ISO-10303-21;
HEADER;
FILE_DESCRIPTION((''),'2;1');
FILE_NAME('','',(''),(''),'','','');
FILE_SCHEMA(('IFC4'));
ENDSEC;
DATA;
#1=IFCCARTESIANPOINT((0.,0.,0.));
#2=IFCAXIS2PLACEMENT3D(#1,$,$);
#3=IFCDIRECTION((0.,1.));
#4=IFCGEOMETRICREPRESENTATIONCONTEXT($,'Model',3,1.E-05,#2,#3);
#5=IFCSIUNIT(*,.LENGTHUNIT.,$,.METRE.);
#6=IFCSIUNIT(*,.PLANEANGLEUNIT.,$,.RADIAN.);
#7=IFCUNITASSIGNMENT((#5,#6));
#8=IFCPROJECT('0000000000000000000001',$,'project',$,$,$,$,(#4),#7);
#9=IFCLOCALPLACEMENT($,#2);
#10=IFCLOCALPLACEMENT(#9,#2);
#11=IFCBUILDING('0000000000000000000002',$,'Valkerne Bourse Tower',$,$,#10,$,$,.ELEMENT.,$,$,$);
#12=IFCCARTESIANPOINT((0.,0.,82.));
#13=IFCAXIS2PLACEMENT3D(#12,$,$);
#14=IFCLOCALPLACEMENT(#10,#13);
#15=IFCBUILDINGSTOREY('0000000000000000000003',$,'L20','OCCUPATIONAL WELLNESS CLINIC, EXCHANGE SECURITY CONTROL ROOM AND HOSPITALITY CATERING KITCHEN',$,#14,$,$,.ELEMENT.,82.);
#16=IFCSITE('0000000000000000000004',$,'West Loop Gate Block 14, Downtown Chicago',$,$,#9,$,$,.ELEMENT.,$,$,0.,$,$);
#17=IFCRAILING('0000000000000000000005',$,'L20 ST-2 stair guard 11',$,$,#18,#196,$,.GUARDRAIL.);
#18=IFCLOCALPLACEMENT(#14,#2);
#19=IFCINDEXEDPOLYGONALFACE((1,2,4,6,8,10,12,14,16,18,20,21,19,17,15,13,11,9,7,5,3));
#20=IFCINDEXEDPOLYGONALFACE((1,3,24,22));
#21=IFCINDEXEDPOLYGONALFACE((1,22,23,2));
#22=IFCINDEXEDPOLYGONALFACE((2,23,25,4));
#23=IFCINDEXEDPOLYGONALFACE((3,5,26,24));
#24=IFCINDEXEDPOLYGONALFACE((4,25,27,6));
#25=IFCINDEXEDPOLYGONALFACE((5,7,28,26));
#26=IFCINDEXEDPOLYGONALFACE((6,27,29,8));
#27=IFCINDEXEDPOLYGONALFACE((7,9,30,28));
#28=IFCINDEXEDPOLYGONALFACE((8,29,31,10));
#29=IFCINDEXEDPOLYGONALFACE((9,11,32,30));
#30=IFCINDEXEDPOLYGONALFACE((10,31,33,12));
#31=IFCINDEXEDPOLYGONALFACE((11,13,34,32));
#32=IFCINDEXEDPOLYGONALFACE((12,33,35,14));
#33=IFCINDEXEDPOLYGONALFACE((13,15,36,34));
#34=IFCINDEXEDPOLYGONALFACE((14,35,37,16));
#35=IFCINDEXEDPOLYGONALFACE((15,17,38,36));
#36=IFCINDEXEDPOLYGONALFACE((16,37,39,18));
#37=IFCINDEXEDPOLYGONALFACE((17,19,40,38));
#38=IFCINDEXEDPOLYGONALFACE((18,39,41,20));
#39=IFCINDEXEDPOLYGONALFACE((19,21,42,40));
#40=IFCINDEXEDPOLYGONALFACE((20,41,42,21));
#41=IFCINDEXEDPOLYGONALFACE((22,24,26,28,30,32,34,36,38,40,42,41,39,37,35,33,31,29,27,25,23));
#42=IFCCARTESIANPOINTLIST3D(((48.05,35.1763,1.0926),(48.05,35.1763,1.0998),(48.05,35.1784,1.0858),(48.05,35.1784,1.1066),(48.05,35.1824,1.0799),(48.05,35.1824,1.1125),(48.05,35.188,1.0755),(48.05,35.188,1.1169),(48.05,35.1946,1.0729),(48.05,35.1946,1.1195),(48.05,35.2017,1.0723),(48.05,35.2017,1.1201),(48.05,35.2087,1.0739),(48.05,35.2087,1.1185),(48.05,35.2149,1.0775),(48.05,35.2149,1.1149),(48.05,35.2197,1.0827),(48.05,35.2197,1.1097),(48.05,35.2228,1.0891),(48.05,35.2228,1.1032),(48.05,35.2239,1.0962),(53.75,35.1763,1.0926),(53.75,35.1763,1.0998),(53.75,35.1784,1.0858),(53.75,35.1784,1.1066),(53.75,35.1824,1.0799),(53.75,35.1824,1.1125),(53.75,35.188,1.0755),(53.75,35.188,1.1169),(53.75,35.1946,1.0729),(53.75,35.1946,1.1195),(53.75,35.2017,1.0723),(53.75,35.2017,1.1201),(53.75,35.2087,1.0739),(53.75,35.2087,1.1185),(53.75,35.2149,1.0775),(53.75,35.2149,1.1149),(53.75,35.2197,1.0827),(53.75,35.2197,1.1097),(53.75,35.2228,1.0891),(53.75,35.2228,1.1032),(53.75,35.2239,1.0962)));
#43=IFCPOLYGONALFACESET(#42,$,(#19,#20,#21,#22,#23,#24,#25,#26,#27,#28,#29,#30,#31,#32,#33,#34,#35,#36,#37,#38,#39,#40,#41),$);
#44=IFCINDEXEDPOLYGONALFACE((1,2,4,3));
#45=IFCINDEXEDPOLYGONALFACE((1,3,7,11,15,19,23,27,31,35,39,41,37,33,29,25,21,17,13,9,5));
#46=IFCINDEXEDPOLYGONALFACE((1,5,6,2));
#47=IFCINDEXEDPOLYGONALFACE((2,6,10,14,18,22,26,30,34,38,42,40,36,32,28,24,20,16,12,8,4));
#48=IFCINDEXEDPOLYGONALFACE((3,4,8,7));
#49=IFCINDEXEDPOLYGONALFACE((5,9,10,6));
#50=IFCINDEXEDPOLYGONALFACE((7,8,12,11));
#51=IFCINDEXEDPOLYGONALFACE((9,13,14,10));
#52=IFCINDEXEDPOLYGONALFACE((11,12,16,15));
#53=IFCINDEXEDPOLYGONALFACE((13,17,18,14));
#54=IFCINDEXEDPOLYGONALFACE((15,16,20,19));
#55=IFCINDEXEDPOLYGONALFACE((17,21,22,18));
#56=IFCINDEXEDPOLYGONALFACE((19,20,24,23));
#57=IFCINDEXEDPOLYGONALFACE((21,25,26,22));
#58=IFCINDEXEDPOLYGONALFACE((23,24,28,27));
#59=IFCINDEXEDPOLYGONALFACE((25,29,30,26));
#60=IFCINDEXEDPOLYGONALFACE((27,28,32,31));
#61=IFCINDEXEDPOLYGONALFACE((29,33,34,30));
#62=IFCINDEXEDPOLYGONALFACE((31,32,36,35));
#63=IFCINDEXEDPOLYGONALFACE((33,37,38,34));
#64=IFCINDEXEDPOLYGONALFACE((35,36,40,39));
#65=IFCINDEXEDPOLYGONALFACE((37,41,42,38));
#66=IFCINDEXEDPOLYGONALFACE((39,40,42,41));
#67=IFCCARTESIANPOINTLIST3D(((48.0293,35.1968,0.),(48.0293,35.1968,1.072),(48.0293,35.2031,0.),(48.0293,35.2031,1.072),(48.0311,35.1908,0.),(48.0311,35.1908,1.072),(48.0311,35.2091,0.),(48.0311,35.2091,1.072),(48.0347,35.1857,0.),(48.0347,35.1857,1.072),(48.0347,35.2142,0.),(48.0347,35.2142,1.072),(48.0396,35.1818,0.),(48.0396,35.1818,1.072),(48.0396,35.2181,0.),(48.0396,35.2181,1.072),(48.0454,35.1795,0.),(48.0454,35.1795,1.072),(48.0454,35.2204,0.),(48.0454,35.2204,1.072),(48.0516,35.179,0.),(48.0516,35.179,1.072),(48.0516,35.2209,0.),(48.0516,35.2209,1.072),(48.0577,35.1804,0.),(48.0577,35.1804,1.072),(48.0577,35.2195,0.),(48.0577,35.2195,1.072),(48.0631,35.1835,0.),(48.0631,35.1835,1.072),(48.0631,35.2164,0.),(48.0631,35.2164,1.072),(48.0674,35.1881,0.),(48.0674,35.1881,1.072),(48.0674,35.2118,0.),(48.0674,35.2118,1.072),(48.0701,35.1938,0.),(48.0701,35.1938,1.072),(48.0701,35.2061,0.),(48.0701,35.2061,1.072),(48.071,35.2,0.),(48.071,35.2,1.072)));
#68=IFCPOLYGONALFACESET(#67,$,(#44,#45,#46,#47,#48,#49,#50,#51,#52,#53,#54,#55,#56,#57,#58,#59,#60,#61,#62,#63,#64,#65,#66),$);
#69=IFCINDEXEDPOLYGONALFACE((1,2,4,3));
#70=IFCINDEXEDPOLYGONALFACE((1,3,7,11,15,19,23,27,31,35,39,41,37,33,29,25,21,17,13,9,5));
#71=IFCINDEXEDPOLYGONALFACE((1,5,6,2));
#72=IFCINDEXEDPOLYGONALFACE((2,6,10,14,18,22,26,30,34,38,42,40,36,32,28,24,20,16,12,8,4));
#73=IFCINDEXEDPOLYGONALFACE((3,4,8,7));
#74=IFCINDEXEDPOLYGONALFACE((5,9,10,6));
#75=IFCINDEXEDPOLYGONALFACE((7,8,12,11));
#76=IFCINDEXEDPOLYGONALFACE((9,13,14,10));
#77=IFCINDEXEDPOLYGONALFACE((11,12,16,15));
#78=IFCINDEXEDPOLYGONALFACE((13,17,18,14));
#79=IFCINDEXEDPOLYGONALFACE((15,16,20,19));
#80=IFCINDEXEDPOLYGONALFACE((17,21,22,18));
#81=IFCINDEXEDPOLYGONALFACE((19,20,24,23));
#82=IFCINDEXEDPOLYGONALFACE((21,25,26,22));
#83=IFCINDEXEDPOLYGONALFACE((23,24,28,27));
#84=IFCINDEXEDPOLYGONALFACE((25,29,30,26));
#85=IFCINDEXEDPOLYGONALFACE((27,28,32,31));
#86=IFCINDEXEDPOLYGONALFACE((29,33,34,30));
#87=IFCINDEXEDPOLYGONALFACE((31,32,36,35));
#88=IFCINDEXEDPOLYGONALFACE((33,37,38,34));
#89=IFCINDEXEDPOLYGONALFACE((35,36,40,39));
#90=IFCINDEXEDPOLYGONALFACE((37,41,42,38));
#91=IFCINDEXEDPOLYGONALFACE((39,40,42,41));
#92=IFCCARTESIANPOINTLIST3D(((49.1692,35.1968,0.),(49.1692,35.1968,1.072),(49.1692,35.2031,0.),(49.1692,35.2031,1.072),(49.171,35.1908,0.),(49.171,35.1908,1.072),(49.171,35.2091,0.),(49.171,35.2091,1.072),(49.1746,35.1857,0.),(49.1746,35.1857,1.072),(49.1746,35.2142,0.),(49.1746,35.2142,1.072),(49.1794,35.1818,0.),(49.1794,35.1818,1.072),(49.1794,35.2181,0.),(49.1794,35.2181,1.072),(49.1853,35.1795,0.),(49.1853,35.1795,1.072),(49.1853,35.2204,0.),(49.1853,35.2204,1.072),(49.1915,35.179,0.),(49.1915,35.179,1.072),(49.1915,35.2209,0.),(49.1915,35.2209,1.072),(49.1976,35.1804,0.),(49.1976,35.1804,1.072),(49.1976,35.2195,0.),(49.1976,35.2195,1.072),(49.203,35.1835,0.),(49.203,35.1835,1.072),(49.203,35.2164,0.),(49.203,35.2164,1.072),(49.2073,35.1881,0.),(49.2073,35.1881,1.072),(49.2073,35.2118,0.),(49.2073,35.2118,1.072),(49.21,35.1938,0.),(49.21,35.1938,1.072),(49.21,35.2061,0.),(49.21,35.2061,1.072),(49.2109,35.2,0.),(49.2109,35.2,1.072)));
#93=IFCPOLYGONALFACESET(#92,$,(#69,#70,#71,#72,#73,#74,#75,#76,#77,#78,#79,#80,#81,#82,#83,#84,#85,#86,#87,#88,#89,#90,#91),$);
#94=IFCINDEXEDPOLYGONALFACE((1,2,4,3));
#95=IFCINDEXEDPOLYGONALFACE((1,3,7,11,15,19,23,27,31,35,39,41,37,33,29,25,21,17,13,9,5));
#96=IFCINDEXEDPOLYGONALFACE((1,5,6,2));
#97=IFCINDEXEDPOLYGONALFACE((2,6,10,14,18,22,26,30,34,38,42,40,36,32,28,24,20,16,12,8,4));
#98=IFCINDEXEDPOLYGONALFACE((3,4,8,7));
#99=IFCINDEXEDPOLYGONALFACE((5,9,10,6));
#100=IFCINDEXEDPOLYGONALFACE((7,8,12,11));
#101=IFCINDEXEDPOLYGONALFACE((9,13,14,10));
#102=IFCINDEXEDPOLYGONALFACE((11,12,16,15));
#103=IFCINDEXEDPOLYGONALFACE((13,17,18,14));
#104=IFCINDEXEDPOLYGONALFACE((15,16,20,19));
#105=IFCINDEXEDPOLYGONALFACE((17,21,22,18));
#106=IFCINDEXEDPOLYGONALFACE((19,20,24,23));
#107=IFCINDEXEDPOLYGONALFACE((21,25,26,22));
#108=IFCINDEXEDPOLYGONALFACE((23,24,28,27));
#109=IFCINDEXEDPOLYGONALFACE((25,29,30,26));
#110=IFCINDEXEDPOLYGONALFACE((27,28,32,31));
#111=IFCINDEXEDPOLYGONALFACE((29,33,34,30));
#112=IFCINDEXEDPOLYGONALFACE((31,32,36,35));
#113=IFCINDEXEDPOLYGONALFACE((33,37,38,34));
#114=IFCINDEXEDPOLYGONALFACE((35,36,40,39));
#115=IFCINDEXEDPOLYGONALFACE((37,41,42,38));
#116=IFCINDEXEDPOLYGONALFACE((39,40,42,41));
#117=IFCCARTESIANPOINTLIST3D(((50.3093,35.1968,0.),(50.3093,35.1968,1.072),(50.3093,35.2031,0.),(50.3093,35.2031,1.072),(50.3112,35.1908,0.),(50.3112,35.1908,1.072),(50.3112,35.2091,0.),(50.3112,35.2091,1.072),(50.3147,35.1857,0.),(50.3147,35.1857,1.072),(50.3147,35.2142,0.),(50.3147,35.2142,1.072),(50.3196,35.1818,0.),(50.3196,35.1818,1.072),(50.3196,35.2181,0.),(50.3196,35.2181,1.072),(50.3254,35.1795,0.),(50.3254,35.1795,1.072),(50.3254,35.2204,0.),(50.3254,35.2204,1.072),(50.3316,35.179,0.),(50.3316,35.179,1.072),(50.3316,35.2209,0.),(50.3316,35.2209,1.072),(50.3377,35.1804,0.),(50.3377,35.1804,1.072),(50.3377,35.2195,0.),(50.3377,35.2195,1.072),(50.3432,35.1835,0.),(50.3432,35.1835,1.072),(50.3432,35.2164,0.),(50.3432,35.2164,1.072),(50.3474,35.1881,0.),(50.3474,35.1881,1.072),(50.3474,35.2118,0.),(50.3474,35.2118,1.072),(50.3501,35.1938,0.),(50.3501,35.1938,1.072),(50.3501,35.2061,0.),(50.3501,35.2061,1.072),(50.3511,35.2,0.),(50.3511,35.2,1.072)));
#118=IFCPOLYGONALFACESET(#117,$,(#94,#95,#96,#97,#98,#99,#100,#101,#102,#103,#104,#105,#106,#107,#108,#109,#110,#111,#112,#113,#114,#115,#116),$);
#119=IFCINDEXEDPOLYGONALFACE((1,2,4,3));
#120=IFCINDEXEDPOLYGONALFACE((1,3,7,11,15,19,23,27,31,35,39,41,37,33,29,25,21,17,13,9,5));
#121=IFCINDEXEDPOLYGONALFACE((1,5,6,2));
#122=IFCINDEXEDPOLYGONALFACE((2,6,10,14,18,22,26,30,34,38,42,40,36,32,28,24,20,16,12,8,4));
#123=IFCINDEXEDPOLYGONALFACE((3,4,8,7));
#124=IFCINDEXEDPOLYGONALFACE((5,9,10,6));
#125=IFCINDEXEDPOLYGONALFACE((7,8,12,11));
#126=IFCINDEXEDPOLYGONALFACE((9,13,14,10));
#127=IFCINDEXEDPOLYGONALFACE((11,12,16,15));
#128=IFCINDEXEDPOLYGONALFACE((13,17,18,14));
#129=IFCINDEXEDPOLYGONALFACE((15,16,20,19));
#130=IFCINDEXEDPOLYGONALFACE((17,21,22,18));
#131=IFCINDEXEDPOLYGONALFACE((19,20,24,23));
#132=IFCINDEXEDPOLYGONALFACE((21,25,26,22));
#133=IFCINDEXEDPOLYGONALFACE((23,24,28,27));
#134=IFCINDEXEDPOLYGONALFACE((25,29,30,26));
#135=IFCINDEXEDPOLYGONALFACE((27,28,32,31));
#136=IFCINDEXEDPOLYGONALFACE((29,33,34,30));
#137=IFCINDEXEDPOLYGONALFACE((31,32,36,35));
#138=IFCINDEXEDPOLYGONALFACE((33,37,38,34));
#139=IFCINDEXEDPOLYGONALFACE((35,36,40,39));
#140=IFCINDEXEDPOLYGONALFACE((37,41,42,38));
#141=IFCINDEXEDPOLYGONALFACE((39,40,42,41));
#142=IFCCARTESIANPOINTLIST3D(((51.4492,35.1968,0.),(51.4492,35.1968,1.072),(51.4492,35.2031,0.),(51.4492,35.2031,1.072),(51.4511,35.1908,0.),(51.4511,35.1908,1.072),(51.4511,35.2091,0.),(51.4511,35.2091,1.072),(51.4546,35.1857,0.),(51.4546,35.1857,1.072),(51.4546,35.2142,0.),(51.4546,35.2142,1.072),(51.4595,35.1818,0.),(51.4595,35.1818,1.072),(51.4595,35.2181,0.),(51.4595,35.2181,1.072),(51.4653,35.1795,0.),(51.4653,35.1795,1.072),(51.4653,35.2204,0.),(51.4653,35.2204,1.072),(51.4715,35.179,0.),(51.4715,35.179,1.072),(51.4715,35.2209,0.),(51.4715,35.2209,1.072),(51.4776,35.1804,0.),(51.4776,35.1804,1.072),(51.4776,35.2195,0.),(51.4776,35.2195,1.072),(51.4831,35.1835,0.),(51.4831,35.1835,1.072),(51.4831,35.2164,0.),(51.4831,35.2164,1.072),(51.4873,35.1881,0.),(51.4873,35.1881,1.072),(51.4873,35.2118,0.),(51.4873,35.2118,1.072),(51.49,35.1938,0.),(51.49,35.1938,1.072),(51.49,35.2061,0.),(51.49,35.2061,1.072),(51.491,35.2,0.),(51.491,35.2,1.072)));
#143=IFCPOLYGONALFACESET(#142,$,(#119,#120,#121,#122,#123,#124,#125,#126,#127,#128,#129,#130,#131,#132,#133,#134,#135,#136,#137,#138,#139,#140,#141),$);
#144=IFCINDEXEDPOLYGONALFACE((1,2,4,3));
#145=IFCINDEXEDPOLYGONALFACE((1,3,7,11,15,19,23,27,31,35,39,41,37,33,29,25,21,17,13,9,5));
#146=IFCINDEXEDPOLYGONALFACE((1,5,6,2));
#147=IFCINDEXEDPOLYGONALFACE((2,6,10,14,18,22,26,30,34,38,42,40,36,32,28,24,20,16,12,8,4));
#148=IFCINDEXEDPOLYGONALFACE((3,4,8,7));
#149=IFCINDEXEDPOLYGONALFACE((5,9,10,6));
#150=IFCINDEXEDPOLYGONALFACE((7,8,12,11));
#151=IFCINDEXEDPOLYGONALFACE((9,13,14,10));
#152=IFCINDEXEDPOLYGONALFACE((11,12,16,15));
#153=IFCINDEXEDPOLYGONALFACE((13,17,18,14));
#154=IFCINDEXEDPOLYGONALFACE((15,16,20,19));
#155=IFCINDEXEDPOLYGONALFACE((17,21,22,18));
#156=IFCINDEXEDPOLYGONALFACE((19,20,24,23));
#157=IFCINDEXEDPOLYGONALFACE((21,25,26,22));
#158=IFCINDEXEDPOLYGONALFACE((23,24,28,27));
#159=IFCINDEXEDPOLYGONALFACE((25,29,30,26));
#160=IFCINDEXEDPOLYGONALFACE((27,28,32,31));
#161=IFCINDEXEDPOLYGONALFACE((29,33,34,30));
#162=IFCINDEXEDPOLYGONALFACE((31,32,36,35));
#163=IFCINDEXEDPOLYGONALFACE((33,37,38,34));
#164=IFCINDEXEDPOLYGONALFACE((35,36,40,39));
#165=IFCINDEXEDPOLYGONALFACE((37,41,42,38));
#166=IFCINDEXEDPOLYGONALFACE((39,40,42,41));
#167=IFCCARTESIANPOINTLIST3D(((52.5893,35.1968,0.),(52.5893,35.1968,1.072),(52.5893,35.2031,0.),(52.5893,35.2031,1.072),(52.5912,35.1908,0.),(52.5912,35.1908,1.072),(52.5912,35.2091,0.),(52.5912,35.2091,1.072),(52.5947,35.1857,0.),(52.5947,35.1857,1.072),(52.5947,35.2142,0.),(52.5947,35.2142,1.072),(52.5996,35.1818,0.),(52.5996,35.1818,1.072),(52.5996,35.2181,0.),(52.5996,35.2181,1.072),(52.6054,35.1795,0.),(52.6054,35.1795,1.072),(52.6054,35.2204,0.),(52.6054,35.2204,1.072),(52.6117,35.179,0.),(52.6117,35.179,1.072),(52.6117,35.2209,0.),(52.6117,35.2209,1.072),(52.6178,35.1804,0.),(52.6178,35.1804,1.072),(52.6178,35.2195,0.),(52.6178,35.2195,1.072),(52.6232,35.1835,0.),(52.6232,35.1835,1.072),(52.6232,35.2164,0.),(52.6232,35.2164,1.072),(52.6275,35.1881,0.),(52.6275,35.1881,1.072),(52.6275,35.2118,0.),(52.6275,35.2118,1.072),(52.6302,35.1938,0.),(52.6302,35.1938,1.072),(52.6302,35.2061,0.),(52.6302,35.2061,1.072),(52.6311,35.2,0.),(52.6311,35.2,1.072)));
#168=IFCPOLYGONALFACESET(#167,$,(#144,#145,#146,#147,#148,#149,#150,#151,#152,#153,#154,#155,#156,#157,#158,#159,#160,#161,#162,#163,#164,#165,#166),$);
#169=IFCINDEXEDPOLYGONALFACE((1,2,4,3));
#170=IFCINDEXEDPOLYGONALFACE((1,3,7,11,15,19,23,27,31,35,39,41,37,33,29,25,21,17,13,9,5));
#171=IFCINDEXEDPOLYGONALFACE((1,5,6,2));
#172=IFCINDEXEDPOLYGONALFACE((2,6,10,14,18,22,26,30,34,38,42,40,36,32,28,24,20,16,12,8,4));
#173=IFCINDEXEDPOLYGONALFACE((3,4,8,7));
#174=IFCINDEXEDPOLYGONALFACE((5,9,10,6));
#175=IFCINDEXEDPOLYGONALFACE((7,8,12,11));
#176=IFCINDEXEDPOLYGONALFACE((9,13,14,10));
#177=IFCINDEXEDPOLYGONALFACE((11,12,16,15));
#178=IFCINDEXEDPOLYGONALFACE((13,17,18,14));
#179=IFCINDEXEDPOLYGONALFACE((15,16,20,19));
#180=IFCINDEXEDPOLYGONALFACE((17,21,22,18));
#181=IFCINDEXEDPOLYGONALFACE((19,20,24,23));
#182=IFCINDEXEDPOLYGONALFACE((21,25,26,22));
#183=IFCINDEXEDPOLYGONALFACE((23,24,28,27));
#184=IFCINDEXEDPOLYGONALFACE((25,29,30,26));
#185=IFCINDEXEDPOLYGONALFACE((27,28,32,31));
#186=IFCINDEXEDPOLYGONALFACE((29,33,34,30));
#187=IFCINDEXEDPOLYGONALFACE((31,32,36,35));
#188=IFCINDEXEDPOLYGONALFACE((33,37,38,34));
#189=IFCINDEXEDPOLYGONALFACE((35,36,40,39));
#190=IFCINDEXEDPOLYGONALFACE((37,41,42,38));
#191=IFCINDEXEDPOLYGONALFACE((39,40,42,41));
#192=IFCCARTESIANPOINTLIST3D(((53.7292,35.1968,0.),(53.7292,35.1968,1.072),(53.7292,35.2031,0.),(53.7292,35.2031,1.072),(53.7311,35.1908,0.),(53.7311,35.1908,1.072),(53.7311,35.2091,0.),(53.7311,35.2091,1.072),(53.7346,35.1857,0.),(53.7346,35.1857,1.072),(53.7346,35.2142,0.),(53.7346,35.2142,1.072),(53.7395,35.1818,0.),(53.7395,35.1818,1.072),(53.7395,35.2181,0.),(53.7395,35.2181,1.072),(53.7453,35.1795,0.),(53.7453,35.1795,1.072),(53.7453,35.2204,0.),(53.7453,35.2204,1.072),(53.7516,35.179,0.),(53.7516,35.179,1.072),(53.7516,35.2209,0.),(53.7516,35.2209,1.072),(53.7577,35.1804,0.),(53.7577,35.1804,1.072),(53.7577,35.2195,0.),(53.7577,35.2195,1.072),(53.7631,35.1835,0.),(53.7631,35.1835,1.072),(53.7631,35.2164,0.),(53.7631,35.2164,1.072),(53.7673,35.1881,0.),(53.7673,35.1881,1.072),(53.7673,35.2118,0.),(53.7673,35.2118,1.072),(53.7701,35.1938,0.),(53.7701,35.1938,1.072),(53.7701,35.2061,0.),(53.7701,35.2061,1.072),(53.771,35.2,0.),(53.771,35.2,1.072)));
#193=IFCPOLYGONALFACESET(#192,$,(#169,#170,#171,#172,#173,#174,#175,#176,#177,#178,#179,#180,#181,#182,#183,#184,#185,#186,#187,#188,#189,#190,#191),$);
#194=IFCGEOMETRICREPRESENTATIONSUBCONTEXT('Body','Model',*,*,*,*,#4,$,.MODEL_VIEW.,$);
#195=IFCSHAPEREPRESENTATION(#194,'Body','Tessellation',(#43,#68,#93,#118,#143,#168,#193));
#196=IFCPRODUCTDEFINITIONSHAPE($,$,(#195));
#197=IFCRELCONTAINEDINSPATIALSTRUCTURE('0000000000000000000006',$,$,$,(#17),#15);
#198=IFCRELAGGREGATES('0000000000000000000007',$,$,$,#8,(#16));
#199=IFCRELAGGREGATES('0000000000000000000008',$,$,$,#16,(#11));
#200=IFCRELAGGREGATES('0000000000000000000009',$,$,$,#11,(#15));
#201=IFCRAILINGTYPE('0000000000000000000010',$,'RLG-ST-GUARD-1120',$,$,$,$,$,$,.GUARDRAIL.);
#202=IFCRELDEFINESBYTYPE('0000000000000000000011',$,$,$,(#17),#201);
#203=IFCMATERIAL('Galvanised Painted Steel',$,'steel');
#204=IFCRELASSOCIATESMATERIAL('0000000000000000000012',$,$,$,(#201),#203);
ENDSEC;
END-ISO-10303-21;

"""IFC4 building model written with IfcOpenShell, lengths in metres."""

from ifc_helpers import new_model, si_unit, direction, frame, origin, origin_2d, place, context, subcontext, project, spatial, circle, extrude, material, type_object, element, save


model = new_model("IFC4")

# Units and contexts
model_context = context("Model", 3, precision=1e-05, world=origin(), true_north=direction((0.0, 1.0)))
body_context = subcontext(model_context, "Body", "Model", "MODEL_VIEW")
ifc_project = project(units=[si_unit("LENGTHUNIT", "METRE"), si_unit("PLANEANGLEUNIT", "RADIAN")], contexts=[model_context])

# Site, building, storey
site_placement = place(None, origin())
site = spatial("IfcSite", under=ifc_project, at=site_placement, Name="West Loop Gate Block 14, Downtown Chicago", CompositionType="ELEMENT", RefElevation=0.0)
building_placement = place(site_placement, origin())
building = spatial("IfcBuilding", under=site, at=building_placement, Name="Valkerne Bourse Tower", CompositionType="ELEMENT")
storey_placement = place(building_placement, frame((0.0, 0.0, 82.0)))
storey = spatial("IfcBuildingStorey", under=building, at=storey_placement, Name="L20", Description="OCCUPATIONAL WELLNESS CLINIC, EXCHANGE SECURITY CONTROL ROOM AND HOSPITALITY CATERING KITCHEN", CompositionType="ELEMENT", Elevation=82.0)

# Shared definitions
ifc_material_1 = material(Name="Galvanised Painted Steel", Category="steel")

# Railing
railing_type_1 = type_object("IfcRailingType", Name="RLG-ST-GUARD-1120", PredefinedType="GUARDRAIL", material=ifc_material_1)
for number, where, name in (
    (1, (48.05, 35.2, 0.0), "L20 ST-2 stair guard 11"),
):
    element("IfcRailing", number, at=place(storey_placement, frame(where)), inside=storey, type_object=railing_type_1, Name=name, PredefinedType="GUARDRAIL", context=body_context, shape_type="SweptSolid", body=[
        extrude(circle(Radius=0.0239, at=origin_2d()), frame((0.0, 0.0, 1.0962), z_axis=(1.0, 0.0, 0.0), x_axis=(0.0, 1.0, 0.0)), (0.0, 0.0, 1.0), 5.7),
        extrude(circle(Radius=0.021, at=origin_2d()), origin(), (0.0, 0.0, 1.0), 1.072),
        extrude(circle(Radius=0.021, at=origin_2d()), frame((1.1399, 0.0, 0.0)), (0.0, 0.0, 1.0), 1.072),
        extrude(circle(Radius=0.021, at=origin_2d()), frame((2.28, 0.0, 0.0)), (0.0, 0.0, 1.0), 1.072),
        extrude(circle(Radius=0.021, at=origin_2d()), frame((3.4199, 0.0, 0.0)), (0.0, 0.0, 1.0), 1.072),
        extrude(circle(Radius=0.021, at=origin_2d()), frame((4.5601, 0.0, 0.0)), (0.0, 0.0, 1.0), 1.072),
        extrude(circle(Radius=0.021, at=origin_2d()), frame((5.7, 0.0, 0.0)), (0.0, 0.0, 1.0), 1.072),
    ])

save(model, "model.ifc")
